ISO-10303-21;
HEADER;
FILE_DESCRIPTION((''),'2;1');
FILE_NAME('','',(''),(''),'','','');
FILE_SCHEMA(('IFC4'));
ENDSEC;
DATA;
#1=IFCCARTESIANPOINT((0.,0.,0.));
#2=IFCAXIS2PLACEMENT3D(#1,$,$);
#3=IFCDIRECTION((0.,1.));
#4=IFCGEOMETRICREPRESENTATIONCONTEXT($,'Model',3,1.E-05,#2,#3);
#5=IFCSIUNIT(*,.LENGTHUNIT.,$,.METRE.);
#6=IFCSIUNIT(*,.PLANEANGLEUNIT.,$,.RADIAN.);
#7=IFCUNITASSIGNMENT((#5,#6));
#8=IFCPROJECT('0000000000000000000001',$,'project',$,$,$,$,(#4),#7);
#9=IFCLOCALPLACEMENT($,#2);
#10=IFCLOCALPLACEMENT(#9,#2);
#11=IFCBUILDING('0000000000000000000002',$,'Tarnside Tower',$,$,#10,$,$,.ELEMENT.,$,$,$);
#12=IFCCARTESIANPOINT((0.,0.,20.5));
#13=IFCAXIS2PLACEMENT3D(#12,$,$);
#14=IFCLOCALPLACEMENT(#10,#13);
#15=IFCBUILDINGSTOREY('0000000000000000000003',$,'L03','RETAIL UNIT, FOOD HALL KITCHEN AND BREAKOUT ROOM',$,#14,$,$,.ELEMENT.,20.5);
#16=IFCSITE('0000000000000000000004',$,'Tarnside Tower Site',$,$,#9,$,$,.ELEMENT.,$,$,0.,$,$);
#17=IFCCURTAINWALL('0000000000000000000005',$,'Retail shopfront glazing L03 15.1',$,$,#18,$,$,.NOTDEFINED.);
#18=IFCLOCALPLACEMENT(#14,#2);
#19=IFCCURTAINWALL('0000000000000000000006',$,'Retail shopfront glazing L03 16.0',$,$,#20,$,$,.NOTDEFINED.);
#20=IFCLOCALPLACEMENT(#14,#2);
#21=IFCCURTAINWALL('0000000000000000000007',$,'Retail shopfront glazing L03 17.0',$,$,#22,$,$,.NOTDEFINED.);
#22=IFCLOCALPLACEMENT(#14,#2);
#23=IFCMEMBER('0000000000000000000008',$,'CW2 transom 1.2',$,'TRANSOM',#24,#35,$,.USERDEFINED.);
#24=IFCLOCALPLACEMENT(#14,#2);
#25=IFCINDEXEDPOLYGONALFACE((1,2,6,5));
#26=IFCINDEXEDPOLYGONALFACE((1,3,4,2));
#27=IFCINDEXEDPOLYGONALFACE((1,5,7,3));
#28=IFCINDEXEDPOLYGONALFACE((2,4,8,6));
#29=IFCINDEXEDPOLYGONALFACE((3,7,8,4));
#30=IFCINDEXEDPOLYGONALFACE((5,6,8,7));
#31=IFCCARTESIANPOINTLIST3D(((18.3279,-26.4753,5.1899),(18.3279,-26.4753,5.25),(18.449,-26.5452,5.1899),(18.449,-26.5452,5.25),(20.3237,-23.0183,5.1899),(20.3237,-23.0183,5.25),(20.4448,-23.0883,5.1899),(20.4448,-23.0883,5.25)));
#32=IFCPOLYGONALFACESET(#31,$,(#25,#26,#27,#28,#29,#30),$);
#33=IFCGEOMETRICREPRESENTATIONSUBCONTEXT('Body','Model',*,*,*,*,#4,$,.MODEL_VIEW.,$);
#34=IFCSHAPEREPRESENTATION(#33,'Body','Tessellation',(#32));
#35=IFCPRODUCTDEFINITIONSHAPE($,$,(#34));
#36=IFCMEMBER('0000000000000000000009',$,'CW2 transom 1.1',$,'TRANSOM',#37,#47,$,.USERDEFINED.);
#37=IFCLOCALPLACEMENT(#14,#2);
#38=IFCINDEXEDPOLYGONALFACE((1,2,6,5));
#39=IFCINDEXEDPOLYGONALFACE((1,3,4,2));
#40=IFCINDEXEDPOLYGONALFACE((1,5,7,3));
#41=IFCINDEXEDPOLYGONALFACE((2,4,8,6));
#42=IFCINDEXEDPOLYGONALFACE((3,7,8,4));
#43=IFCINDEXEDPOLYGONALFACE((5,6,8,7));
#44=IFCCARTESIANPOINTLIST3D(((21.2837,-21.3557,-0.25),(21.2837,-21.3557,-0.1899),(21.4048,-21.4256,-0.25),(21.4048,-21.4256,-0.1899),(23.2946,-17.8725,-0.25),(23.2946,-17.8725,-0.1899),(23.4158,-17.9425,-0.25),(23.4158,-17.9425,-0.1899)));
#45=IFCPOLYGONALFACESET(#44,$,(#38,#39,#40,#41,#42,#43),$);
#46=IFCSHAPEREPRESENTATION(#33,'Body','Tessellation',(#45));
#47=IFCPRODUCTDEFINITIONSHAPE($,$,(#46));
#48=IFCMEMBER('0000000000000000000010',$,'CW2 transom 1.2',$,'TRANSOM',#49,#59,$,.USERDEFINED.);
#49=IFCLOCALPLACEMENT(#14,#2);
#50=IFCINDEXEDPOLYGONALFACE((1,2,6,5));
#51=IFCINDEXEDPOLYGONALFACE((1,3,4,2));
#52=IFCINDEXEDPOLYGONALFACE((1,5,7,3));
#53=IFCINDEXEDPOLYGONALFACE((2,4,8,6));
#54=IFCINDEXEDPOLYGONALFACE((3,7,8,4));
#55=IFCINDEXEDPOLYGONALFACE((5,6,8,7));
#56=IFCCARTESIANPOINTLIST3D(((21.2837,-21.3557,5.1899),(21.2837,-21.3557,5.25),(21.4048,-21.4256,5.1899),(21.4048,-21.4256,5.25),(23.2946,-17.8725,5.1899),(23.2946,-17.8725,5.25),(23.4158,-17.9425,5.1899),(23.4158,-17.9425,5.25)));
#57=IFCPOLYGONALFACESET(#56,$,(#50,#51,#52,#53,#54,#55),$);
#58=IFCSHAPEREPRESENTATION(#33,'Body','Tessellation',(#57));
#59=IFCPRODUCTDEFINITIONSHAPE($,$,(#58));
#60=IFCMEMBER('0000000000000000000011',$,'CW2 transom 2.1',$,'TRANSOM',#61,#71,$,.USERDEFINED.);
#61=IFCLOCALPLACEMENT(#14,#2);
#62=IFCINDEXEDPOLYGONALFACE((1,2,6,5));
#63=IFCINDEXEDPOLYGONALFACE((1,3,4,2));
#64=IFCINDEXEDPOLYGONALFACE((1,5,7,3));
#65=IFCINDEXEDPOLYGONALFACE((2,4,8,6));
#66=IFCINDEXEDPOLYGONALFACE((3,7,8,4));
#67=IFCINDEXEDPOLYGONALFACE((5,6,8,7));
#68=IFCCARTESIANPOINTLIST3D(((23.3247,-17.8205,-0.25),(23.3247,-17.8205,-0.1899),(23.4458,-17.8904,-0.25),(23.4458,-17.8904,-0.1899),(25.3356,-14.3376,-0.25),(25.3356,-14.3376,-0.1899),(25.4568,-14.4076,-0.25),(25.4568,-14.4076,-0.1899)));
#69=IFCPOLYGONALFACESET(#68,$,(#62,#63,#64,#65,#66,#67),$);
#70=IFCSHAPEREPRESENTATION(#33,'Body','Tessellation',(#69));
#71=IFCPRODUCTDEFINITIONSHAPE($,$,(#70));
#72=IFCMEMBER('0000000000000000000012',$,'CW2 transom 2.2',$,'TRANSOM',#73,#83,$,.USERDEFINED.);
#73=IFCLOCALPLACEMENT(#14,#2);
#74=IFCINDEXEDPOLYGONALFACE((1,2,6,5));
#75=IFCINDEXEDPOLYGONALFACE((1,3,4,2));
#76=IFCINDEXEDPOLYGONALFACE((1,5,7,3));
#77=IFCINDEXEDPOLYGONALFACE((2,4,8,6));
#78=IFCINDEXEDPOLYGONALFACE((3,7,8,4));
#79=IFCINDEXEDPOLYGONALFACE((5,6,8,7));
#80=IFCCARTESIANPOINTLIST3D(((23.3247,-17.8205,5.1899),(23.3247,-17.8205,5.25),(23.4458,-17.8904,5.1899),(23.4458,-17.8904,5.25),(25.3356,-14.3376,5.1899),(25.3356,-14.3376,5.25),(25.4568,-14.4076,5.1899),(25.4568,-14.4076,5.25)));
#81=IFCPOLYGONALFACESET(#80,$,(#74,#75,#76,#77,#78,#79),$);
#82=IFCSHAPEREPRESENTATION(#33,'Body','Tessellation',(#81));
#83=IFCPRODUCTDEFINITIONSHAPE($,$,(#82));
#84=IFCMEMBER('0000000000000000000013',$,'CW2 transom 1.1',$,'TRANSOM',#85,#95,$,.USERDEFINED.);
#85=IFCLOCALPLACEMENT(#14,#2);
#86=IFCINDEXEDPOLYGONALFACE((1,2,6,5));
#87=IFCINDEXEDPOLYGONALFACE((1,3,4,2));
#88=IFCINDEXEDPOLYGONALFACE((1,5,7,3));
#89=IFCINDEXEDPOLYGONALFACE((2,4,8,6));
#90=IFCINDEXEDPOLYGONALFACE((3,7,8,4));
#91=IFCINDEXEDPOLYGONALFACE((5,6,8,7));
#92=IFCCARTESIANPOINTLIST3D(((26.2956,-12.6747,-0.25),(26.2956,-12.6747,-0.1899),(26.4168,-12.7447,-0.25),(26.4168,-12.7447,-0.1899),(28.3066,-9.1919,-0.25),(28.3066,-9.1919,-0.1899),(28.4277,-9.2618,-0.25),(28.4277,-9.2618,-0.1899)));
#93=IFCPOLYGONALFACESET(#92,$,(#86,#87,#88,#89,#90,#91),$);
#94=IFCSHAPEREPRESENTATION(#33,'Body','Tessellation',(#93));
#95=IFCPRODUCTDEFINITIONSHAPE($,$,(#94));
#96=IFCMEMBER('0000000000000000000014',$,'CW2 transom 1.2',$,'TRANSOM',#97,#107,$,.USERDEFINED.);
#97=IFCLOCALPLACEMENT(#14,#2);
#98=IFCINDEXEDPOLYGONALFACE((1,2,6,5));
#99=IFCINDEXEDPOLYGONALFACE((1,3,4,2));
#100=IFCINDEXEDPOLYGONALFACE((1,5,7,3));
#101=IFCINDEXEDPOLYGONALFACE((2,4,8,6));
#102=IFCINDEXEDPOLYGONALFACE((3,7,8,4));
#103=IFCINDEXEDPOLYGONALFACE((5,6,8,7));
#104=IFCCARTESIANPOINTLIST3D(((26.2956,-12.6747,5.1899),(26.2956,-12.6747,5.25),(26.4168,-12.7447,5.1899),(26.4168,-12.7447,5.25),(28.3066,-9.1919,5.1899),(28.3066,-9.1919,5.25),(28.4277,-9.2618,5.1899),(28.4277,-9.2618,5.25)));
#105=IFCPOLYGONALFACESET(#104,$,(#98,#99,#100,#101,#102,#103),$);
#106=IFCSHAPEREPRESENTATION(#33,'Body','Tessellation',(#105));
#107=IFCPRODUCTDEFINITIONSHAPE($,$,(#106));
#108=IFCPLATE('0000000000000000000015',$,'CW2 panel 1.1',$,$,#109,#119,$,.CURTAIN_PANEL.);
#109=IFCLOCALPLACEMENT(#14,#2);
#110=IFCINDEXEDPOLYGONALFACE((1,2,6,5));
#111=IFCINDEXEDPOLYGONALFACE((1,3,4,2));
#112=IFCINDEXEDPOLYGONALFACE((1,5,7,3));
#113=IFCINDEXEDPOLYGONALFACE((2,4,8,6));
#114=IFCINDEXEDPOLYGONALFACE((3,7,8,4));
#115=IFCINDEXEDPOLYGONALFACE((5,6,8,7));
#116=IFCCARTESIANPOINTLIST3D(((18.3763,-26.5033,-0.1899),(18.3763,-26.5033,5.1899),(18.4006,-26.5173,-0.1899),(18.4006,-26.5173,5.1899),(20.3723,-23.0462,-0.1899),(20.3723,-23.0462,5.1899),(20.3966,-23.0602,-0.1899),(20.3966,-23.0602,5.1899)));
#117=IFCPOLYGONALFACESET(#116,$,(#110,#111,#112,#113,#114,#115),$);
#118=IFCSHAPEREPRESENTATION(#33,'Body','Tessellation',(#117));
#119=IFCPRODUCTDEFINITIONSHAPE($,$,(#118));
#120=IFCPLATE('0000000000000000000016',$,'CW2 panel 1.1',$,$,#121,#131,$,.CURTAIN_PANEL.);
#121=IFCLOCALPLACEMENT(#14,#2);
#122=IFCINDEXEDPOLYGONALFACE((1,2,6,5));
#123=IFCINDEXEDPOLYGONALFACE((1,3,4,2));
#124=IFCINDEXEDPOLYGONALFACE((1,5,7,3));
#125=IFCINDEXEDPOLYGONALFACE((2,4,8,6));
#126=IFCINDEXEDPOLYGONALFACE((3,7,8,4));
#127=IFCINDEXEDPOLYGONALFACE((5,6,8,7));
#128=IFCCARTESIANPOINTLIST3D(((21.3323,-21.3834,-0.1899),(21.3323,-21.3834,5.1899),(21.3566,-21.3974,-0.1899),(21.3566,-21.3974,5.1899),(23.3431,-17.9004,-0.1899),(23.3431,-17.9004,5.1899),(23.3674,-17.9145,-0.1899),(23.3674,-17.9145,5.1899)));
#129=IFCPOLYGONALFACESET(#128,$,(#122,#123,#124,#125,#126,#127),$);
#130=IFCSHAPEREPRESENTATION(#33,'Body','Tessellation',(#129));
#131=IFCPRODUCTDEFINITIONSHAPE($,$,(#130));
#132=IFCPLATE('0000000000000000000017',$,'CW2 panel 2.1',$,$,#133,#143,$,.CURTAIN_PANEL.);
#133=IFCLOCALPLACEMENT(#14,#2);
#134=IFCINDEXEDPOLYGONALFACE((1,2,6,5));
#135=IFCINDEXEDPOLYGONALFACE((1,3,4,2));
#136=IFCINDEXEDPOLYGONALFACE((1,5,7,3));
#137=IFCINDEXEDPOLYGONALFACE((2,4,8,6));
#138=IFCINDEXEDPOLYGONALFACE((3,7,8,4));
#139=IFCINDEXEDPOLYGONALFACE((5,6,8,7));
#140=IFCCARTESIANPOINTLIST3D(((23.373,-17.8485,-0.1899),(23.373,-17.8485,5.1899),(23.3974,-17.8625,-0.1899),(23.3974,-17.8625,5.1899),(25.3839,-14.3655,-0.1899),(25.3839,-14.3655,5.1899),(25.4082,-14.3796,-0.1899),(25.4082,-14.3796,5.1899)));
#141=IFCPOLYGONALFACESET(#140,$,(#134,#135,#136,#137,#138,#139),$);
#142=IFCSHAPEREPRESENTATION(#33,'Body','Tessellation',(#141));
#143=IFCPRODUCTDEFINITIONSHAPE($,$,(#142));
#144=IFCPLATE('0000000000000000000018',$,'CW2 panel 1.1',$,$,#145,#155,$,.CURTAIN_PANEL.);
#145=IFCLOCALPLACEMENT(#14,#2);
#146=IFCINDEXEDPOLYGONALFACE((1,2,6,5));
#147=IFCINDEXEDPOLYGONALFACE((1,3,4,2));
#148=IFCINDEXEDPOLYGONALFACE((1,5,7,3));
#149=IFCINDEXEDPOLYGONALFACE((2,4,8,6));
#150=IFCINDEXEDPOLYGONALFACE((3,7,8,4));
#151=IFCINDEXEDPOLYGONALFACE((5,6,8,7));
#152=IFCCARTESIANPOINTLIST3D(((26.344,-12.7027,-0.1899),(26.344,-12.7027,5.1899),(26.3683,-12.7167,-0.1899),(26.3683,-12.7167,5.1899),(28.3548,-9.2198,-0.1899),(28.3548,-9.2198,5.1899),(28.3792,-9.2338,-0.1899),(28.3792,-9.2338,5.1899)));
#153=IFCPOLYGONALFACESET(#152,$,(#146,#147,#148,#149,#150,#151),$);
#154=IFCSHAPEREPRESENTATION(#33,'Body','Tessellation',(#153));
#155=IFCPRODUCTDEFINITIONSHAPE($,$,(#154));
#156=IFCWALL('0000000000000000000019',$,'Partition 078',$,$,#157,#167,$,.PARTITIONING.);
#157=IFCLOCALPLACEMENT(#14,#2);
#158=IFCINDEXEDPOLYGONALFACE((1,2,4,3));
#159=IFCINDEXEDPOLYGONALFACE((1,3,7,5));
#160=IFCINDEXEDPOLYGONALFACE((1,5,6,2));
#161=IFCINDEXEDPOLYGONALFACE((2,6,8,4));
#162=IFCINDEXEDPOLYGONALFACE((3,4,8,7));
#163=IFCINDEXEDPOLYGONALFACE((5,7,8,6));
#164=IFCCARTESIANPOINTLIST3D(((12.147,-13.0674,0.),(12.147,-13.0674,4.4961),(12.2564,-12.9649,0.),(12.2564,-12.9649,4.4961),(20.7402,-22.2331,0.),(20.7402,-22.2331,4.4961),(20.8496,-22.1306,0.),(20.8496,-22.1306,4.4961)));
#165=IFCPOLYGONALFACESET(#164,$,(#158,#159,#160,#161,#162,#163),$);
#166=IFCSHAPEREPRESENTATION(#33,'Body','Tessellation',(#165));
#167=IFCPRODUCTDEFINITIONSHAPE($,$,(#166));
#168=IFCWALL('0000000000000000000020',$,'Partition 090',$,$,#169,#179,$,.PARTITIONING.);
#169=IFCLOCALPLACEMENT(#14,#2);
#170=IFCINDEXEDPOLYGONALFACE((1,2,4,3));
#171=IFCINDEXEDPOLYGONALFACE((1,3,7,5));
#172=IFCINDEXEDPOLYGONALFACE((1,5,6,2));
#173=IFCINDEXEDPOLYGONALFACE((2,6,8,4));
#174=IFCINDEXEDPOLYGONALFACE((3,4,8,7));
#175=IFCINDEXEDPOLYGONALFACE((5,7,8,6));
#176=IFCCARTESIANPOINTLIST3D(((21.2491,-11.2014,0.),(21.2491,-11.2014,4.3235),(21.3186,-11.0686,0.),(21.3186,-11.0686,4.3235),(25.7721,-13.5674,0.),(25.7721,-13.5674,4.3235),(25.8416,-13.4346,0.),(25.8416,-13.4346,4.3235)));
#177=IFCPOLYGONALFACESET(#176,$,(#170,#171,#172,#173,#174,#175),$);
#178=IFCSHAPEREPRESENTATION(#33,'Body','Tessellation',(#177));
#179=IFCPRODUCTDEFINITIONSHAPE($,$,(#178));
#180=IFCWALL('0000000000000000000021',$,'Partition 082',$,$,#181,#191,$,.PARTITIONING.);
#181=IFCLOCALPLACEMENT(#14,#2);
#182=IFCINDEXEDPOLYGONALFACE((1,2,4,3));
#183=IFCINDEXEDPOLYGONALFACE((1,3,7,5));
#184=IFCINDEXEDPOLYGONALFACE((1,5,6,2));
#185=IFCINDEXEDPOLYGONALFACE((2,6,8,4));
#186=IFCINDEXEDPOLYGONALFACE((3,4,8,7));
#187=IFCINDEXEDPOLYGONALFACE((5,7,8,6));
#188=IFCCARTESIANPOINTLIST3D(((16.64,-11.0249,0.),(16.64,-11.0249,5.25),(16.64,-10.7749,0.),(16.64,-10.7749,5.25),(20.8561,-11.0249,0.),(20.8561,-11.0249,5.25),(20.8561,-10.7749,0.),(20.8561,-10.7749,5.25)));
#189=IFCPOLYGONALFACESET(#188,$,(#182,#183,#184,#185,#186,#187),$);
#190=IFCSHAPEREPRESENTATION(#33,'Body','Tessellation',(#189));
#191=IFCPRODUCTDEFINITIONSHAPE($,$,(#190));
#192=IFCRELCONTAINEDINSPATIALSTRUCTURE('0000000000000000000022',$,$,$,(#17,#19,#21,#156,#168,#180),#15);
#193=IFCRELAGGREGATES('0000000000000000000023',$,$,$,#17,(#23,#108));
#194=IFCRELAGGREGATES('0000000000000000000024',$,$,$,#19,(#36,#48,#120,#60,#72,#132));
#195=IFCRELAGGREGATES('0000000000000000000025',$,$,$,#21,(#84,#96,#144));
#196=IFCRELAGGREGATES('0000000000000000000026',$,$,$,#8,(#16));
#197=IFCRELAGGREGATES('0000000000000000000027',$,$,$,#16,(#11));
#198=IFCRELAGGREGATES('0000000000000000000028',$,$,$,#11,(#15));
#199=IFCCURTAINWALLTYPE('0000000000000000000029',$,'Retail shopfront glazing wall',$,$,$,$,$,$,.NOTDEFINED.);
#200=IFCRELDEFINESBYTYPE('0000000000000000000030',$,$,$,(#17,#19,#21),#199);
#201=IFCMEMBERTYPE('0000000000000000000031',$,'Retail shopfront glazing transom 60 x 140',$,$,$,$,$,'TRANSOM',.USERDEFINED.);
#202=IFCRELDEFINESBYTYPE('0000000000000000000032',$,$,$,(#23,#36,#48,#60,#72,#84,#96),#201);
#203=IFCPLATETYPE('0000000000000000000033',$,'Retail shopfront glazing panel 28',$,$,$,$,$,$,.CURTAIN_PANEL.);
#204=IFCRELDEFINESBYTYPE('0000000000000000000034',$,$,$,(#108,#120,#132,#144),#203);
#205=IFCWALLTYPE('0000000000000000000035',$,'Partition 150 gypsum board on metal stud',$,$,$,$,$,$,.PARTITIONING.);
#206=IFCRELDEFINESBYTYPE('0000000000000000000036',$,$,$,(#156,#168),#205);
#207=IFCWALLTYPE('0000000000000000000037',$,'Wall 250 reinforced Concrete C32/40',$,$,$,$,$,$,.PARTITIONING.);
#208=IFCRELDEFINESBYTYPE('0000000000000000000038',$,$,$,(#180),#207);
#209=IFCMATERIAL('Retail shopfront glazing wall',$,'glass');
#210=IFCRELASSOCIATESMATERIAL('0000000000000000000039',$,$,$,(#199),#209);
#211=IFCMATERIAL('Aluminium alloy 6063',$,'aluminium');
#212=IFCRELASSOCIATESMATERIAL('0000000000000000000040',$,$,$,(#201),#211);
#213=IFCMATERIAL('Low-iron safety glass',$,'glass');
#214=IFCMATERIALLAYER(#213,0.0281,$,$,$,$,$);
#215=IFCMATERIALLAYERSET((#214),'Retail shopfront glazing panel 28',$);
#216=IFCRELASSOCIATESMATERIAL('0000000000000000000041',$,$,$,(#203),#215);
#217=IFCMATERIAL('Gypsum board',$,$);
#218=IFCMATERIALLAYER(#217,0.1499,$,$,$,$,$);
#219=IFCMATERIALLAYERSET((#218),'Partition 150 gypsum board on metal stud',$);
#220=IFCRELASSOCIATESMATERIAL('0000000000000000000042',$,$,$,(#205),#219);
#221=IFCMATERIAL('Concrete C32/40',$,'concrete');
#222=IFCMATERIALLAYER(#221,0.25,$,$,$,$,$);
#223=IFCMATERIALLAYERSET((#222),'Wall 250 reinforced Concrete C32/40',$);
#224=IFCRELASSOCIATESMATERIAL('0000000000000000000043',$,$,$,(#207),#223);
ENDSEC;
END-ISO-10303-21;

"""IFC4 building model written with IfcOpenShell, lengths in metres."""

from ifc_helpers import new_model, si_unit, direction, frame, frame_2d, origin, origin_2d, place, context, subcontext, project, spatial, rectangle, extrude, material, layer, layer_set, material_profile, profile_set, type_object, element, aggregate, save


model = new_model("IFC4")

# Units and contexts
model_context = context("Model", 3, precision=1e-05, world=origin(), true_north=direction((0.0, 1.0)))
body_context = subcontext(model_context, "Body", "Model", "MODEL_VIEW")
ifc_project = project(units=[si_unit("LENGTHUNIT", "METRE"), si_unit("PLANEANGLEUNIT", "RADIAN")], contexts=[model_context])

# Site, building, storey
site_placement = place(None, origin())
site = spatial("IfcSite", under=ifc_project, at=site_placement, Name="Tarnside Tower Site", CompositionType="ELEMENT", RefElevation=0.0)
building_placement = place(site_placement, origin())
building = spatial("IfcBuilding", under=site, at=building_placement, Name="Tarnside Tower", CompositionType="ELEMENT")
storey_placement = place(building_placement, frame((0.0, 0.0, 20.5)))
storey = spatial("IfcBuildingStorey", under=building, at=storey_placement, Name="L03", Description="RETAIL UNIT, FOOD HALL KITCHEN AND BREAKOUT ROOM", CompositionType="ELEMENT", Elevation=20.5)

# Curtain wall
ifc_material_1 = material(Name="Retail shopfront glazing wall", Category="glass")
curtain_wall_type = type_object("IfcCurtainWallType", Name="Retail shopfront glazing wall", PredefinedType="NOTDEFINED", material=ifc_material_1)
curtain_wall_1_placement = place(storey_placement, origin())
curtain_wall_1 = element("IfcCurtainWall", 1, at=curtain_wall_1_placement, inside=storey, type_object=curtain_wall_type, Name="Retail shopfront glazing L03 15.1", PredefinedType="NOTDEFINED")
ifc_material_2 = material(Name="Aluminium alloy 6063", Category="aluminium")

# Curtain walls
curtain_wall_2_placement = place(storey_placement, origin())
curtain_wall_2 = element("IfcCurtainWall", 2, at=curtain_wall_2_placement, inside=storey, type_object=curtain_wall_type, Name="Retail shopfront glazing L03 16.0", PredefinedType="NOTDEFINED")
curtain_wall_3_placement = place(storey_placement, origin())
curtain_wall_3 = element("IfcCurtainWall", 3, at=curtain_wall_3_placement, inside=storey, type_object=curtain_wall_type, Name="Retail shopfront glazing L03 17.0", PredefinedType="NOTDEFINED")

# Members
ifc_material_profile_1 = material_profile(ifc_material_2, rectangle(XDim=0.1399, YDim=0.0601, at=origin_2d()), Name="Retail shopfront glazing transom 60 x 140")
ifc_profile_set_1 = profile_set([ifc_material_profile_1], Name="Aluminium alloy 6063")
member_type_1 = type_object("IfcMemberType", Name="Retail shopfront glazing transom 60 x 140", ElementType="TRANSOM", PredefinedType="USERDEFINED", material=ifc_profile_set_1)
member_1_placement = place(storey_placement, frame((18.3884, -26.5103, 5.22), z_axis=(0.499987, 0.866033, 0.0), x_axis=(-0.866033, 0.499987, 0.0)))
member_1 = element("IfcMember", 4, at=member_1_placement, type_object=member_type_1, Name="CW2 transom 1.2", ObjectType="TRANSOM", PredefinedType="USERDEFINED", context=body_context, shape_type="SweptSolid", body=[
    extrude(rectangle(XDim=0.1399, YDim=0.0601, at=origin_2d()), origin(), (0.0, 0.0, 1.0), 3.9917),
])
member_2_placement = place(storey_placement, frame((21.3442, -21.3906, -0.22), z_axis=(0.499997, 0.866027, 0.0), x_axis=(-0.866027, 0.499997, 0.0)))
member_2 = element("IfcMember", 5, at=member_2_placement, type_object=member_type_1, Name="CW2 transom 1.1", ObjectType="TRANSOM", PredefinedType="USERDEFINED", context=body_context, shape_type="SweptSolid", body=[
    extrude(rectangle(XDim=0.1399, YDim=0.0601, at=origin_2d()), origin(), (0.0, 0.0, 1.0), 4.022),
])
member_3_placement = place(storey_placement, frame((21.3442, -21.3906, 5.22), z_axis=(0.499997, 0.866027, 0.0), x_axis=(-0.866027, 0.499997, 0.0)))
member_3 = element("IfcMember", 6, at=member_3_placement, type_object=member_type_1, Name="CW2 transom 1.2", ObjectType="TRANSOM", PredefinedType="USERDEFINED", context=body_context, shape_type="SweptSolid", body=[
    extrude(rectangle(XDim=0.1399, YDim=0.0601, at=origin_2d()), origin(), (0.0, 0.0, 1.0), 4.022),
])
member_4_placement = place(storey_placement, frame((23.3853, -17.8555, -0.22), z_axis=(0.500024, 0.866012, 0.0), x_axis=(-0.866012, 0.500024, 0.0)))
member_4 = element("IfcMember", 7, at=member_4_placement, type_object=member_type_1, Name="CW2 transom 2.1", ObjectType="TRANSOM", PredefinedType="USERDEFINED", context=body_context, shape_type="SweptSolid", body=[
    extrude(rectangle(XDim=0.1399, YDim=0.0601, at=origin_2d()), origin(), (0.0, 0.0, 1.0), 4.0217),
])
member_5_placement = place(storey_placement, frame((23.3853, -17.8555, 5.22), z_axis=(0.500024, 0.866012, 0.0), x_axis=(-0.866012, 0.500024, 0.0)))
member_5 = element("IfcMember", 8, at=member_5_placement, type_object=member_type_1, Name="CW2 transom 2.2", ObjectType="TRANSOM", PredefinedType="USERDEFINED", context=body_context, shape_type="SweptSolid", body=[
    extrude(rectangle(XDim=0.1399, YDim=0.0601, at=origin_2d()), origin(), (0.0, 0.0, 1.0), 4.0217),
])
member_6_placement = place(storey_placement, frame((26.3562, -12.7097, -0.22), z_axis=(0.500024, 0.866012, 0.0), x_axis=(-0.866012, 0.500024, 0.0)))
member_6 = element("IfcMember", 9, at=member_6_placement, type_object=member_type_1, Name="CW2 transom 1.1", ObjectType="TRANSOM", PredefinedType="USERDEFINED", context=body_context, shape_type="SweptSolid", body=[
    extrude(rectangle(XDim=0.1399, YDim=0.0601, at=origin_2d()), origin(), (0.0, 0.0, 1.0), 4.0217),
])
member_7_placement = place(storey_placement, frame((26.3562, -12.7097, 5.22), z_axis=(0.500024, 0.866012, 0.0), x_axis=(-0.866012, 0.500024, 0.0)))
member_7 = element("IfcMember", 10, at=member_7_placement, type_object=member_type_1, Name="CW2 transom 1.2", ObjectType="TRANSOM", PredefinedType="USERDEFINED", context=body_context, shape_type="SweptSolid", body=[
    extrude(rectangle(XDim=0.1399, YDim=0.0601, at=origin_2d()), origin(), (0.0, 0.0, 1.0), 4.0217),
])

# Plates
ifc_material_3 = material(Name="Low-iron safety glass", Category="glass")
ifc_layer_1 = layer(ifc_material_3, 0.0281)
ifc_layer_set_1 = layer_set([ifc_layer_1], Name="Retail shopfront glazing panel 28")
plate_type = type_object("IfcPlateType", Name="Retail shopfront glazing panel 28", PredefinedType="CURTAIN_PANEL", material=ifc_layer_set_1)
plate_1_placement = place(storey_placement, frame((19.3865, -24.7817, -0.1899), z_axis=(0.0, 0.0, 1.0), x_axis=(0.5, 0.866025, 0.0)))
plate_1 = element("IfcPlate", 11, at=plate_1_placement, type_object=plate_type, Name="CW2 panel 1.1", PredefinedType="CURTAIN_PANEL", context=body_context, shape_type="SweptSolid", body=[
    extrude(rectangle(XDim=3.9919, YDim=0.0281, at=origin_2d()), origin(), (0.0, 0.0, 1.0), 5.3799),
])
aggregate(curtain_wall_1, [member_1, plate_1])
plate_2_placement = place(storey_placement, frame((22.3499, -19.6489, -0.1899), z_axis=(0.0, 0.0, 1.0), x_axis=(0.5, 0.866025, 0.0)))
plate_2 = element("IfcPlate", 12, at=plate_2_placement, type_object=plate_type, Name="CW2 panel 1.1", PredefinedType="CURTAIN_PANEL", context=body_context, shape_type="SweptSolid", body=[
    extrude(rectangle(XDim=4.0217, YDim=0.0281, at=origin_2d()), origin(), (0.0, 0.0, 1.0), 5.3799),
])
plate_3_placement = place(storey_placement, frame((24.3906, -16.114, -0.1899), z_axis=(0.0, 0.0, 1.0), x_axis=(0.5, 0.866025, 0.0)))
plate_3 = element("IfcPlate", 13, at=plate_3_placement, type_object=plate_type, Name="CW2 panel 2.1", PredefinedType="CURTAIN_PANEL", context=body_context, shape_type="SweptSolid", body=[
    extrude(rectangle(XDim=4.0217, YDim=0.0281, at=origin_2d()), origin(), (0.0, 0.0, 1.0), 5.3799),
])
aggregate(curtain_wall_2, [member_2, member_3, plate_2, member_4, member_5, plate_3])
plate_4_placement = place(storey_placement, frame((27.3616, -10.9683, -0.1899), z_axis=(0.0, 0.0, 1.0), x_axis=(0.5, 0.866025, 0.0)))
plate_4 = element("IfcPlate", 14, at=plate_4_placement, type_object=plate_type, Name="CW2 panel 1.1", PredefinedType="CURTAIN_PANEL", context=body_context, shape_type="SweptSolid", body=[
    extrude(rectangle(XDim=4.0217, YDim=0.0281, at=origin_2d()), origin(), (0.0, 0.0, 1.0), 5.3799),
])
aggregate(curtain_wall_3, [member_6, member_7, plate_4])

# Walls
ifc_material_4 = material(Name="Gypsum board")
ifc_layer_2 = layer(ifc_material_4, 0.1499)
ifc_layer_set_2 = layer_set([ifc_layer_2], Name="Partition 150 gypsum board on metal stud")
wall_type_1 = type_object("IfcWallType", Name="Partition 150 gypsum board on metal stud", PredefinedType="PARTITIONING", material=ifc_layer_set_2)
wall_1_placement = place(storey_placement, frame((20.7949, -22.1819, 0.0), z_axis=(0.0, 0.0, 1.0), x_axis=(-0.683956, 0.729523, 0.0)))
element("IfcWall", 15, at=wall_1_placement, inside=storey, type_object=wall_type_1, Name="Partition 078", PredefinedType="PARTITIONING", context=body_context, shape_type="SweptSolid", body=[
    extrude(rectangle(XDim=12.564, YDim=0.1499, at=frame_2d((6.282, 0.0))), origin(), (0.0, 0.0, 1.0), 4.4961),
])
wall_2_placement = place(storey_placement, frame((25.8069, -13.501, 0.0), z_axis=(0.0, 0.0, 1.0), x_axis=(-0.886089, 0.463515, 0.0)))
element("IfcWall", 16, at=wall_2_placement, inside=storey, type_object=wall_type_1, Name="Partition 090", PredefinedType="PARTITIONING", context=body_context, shape_type="SweptSolid", body=[
    extrude(rectangle(XDim=5.1045, YDim=0.1499, at=frame_2d((2.5522, 0.0))), origin(), (0.0, 0.0, 1.0), 4.3235),
])
ifc_material_5 = material(Name="Concrete C32/40", Category="concrete")
ifc_layer_3 = layer(ifc_material_5, 0.25)
ifc_layer_set_3 = layer_set([ifc_layer_3], Name="Wall 250 reinforced Concrete C32/40")
wall_type_2 = type_object("IfcWallType", Name="Wall 250 reinforced Concrete C32/40", PredefinedType="PARTITIONING", material=ifc_layer_set_3)
wall_3_placement = place(storey_placement, frame((20.856, -10.8999, 0.0), z_axis=(0.0, 0.0, 1.0), x_axis=(-1.0, 0.0, 0.0)))
element("IfcWall", 17, at=wall_3_placement, inside=storey, type_object=wall_type_2, Name="Partition 082", PredefinedType="PARTITIONING", context=body_context, shape_type="SweptSolid", body=[
    extrude(rectangle(XDim=4.2161, YDim=0.25, at=frame_2d((2.1079, 0.0))), origin(), (0.0, 0.0, 1.0), 5.25),
])

save(model, "model.ifc")
